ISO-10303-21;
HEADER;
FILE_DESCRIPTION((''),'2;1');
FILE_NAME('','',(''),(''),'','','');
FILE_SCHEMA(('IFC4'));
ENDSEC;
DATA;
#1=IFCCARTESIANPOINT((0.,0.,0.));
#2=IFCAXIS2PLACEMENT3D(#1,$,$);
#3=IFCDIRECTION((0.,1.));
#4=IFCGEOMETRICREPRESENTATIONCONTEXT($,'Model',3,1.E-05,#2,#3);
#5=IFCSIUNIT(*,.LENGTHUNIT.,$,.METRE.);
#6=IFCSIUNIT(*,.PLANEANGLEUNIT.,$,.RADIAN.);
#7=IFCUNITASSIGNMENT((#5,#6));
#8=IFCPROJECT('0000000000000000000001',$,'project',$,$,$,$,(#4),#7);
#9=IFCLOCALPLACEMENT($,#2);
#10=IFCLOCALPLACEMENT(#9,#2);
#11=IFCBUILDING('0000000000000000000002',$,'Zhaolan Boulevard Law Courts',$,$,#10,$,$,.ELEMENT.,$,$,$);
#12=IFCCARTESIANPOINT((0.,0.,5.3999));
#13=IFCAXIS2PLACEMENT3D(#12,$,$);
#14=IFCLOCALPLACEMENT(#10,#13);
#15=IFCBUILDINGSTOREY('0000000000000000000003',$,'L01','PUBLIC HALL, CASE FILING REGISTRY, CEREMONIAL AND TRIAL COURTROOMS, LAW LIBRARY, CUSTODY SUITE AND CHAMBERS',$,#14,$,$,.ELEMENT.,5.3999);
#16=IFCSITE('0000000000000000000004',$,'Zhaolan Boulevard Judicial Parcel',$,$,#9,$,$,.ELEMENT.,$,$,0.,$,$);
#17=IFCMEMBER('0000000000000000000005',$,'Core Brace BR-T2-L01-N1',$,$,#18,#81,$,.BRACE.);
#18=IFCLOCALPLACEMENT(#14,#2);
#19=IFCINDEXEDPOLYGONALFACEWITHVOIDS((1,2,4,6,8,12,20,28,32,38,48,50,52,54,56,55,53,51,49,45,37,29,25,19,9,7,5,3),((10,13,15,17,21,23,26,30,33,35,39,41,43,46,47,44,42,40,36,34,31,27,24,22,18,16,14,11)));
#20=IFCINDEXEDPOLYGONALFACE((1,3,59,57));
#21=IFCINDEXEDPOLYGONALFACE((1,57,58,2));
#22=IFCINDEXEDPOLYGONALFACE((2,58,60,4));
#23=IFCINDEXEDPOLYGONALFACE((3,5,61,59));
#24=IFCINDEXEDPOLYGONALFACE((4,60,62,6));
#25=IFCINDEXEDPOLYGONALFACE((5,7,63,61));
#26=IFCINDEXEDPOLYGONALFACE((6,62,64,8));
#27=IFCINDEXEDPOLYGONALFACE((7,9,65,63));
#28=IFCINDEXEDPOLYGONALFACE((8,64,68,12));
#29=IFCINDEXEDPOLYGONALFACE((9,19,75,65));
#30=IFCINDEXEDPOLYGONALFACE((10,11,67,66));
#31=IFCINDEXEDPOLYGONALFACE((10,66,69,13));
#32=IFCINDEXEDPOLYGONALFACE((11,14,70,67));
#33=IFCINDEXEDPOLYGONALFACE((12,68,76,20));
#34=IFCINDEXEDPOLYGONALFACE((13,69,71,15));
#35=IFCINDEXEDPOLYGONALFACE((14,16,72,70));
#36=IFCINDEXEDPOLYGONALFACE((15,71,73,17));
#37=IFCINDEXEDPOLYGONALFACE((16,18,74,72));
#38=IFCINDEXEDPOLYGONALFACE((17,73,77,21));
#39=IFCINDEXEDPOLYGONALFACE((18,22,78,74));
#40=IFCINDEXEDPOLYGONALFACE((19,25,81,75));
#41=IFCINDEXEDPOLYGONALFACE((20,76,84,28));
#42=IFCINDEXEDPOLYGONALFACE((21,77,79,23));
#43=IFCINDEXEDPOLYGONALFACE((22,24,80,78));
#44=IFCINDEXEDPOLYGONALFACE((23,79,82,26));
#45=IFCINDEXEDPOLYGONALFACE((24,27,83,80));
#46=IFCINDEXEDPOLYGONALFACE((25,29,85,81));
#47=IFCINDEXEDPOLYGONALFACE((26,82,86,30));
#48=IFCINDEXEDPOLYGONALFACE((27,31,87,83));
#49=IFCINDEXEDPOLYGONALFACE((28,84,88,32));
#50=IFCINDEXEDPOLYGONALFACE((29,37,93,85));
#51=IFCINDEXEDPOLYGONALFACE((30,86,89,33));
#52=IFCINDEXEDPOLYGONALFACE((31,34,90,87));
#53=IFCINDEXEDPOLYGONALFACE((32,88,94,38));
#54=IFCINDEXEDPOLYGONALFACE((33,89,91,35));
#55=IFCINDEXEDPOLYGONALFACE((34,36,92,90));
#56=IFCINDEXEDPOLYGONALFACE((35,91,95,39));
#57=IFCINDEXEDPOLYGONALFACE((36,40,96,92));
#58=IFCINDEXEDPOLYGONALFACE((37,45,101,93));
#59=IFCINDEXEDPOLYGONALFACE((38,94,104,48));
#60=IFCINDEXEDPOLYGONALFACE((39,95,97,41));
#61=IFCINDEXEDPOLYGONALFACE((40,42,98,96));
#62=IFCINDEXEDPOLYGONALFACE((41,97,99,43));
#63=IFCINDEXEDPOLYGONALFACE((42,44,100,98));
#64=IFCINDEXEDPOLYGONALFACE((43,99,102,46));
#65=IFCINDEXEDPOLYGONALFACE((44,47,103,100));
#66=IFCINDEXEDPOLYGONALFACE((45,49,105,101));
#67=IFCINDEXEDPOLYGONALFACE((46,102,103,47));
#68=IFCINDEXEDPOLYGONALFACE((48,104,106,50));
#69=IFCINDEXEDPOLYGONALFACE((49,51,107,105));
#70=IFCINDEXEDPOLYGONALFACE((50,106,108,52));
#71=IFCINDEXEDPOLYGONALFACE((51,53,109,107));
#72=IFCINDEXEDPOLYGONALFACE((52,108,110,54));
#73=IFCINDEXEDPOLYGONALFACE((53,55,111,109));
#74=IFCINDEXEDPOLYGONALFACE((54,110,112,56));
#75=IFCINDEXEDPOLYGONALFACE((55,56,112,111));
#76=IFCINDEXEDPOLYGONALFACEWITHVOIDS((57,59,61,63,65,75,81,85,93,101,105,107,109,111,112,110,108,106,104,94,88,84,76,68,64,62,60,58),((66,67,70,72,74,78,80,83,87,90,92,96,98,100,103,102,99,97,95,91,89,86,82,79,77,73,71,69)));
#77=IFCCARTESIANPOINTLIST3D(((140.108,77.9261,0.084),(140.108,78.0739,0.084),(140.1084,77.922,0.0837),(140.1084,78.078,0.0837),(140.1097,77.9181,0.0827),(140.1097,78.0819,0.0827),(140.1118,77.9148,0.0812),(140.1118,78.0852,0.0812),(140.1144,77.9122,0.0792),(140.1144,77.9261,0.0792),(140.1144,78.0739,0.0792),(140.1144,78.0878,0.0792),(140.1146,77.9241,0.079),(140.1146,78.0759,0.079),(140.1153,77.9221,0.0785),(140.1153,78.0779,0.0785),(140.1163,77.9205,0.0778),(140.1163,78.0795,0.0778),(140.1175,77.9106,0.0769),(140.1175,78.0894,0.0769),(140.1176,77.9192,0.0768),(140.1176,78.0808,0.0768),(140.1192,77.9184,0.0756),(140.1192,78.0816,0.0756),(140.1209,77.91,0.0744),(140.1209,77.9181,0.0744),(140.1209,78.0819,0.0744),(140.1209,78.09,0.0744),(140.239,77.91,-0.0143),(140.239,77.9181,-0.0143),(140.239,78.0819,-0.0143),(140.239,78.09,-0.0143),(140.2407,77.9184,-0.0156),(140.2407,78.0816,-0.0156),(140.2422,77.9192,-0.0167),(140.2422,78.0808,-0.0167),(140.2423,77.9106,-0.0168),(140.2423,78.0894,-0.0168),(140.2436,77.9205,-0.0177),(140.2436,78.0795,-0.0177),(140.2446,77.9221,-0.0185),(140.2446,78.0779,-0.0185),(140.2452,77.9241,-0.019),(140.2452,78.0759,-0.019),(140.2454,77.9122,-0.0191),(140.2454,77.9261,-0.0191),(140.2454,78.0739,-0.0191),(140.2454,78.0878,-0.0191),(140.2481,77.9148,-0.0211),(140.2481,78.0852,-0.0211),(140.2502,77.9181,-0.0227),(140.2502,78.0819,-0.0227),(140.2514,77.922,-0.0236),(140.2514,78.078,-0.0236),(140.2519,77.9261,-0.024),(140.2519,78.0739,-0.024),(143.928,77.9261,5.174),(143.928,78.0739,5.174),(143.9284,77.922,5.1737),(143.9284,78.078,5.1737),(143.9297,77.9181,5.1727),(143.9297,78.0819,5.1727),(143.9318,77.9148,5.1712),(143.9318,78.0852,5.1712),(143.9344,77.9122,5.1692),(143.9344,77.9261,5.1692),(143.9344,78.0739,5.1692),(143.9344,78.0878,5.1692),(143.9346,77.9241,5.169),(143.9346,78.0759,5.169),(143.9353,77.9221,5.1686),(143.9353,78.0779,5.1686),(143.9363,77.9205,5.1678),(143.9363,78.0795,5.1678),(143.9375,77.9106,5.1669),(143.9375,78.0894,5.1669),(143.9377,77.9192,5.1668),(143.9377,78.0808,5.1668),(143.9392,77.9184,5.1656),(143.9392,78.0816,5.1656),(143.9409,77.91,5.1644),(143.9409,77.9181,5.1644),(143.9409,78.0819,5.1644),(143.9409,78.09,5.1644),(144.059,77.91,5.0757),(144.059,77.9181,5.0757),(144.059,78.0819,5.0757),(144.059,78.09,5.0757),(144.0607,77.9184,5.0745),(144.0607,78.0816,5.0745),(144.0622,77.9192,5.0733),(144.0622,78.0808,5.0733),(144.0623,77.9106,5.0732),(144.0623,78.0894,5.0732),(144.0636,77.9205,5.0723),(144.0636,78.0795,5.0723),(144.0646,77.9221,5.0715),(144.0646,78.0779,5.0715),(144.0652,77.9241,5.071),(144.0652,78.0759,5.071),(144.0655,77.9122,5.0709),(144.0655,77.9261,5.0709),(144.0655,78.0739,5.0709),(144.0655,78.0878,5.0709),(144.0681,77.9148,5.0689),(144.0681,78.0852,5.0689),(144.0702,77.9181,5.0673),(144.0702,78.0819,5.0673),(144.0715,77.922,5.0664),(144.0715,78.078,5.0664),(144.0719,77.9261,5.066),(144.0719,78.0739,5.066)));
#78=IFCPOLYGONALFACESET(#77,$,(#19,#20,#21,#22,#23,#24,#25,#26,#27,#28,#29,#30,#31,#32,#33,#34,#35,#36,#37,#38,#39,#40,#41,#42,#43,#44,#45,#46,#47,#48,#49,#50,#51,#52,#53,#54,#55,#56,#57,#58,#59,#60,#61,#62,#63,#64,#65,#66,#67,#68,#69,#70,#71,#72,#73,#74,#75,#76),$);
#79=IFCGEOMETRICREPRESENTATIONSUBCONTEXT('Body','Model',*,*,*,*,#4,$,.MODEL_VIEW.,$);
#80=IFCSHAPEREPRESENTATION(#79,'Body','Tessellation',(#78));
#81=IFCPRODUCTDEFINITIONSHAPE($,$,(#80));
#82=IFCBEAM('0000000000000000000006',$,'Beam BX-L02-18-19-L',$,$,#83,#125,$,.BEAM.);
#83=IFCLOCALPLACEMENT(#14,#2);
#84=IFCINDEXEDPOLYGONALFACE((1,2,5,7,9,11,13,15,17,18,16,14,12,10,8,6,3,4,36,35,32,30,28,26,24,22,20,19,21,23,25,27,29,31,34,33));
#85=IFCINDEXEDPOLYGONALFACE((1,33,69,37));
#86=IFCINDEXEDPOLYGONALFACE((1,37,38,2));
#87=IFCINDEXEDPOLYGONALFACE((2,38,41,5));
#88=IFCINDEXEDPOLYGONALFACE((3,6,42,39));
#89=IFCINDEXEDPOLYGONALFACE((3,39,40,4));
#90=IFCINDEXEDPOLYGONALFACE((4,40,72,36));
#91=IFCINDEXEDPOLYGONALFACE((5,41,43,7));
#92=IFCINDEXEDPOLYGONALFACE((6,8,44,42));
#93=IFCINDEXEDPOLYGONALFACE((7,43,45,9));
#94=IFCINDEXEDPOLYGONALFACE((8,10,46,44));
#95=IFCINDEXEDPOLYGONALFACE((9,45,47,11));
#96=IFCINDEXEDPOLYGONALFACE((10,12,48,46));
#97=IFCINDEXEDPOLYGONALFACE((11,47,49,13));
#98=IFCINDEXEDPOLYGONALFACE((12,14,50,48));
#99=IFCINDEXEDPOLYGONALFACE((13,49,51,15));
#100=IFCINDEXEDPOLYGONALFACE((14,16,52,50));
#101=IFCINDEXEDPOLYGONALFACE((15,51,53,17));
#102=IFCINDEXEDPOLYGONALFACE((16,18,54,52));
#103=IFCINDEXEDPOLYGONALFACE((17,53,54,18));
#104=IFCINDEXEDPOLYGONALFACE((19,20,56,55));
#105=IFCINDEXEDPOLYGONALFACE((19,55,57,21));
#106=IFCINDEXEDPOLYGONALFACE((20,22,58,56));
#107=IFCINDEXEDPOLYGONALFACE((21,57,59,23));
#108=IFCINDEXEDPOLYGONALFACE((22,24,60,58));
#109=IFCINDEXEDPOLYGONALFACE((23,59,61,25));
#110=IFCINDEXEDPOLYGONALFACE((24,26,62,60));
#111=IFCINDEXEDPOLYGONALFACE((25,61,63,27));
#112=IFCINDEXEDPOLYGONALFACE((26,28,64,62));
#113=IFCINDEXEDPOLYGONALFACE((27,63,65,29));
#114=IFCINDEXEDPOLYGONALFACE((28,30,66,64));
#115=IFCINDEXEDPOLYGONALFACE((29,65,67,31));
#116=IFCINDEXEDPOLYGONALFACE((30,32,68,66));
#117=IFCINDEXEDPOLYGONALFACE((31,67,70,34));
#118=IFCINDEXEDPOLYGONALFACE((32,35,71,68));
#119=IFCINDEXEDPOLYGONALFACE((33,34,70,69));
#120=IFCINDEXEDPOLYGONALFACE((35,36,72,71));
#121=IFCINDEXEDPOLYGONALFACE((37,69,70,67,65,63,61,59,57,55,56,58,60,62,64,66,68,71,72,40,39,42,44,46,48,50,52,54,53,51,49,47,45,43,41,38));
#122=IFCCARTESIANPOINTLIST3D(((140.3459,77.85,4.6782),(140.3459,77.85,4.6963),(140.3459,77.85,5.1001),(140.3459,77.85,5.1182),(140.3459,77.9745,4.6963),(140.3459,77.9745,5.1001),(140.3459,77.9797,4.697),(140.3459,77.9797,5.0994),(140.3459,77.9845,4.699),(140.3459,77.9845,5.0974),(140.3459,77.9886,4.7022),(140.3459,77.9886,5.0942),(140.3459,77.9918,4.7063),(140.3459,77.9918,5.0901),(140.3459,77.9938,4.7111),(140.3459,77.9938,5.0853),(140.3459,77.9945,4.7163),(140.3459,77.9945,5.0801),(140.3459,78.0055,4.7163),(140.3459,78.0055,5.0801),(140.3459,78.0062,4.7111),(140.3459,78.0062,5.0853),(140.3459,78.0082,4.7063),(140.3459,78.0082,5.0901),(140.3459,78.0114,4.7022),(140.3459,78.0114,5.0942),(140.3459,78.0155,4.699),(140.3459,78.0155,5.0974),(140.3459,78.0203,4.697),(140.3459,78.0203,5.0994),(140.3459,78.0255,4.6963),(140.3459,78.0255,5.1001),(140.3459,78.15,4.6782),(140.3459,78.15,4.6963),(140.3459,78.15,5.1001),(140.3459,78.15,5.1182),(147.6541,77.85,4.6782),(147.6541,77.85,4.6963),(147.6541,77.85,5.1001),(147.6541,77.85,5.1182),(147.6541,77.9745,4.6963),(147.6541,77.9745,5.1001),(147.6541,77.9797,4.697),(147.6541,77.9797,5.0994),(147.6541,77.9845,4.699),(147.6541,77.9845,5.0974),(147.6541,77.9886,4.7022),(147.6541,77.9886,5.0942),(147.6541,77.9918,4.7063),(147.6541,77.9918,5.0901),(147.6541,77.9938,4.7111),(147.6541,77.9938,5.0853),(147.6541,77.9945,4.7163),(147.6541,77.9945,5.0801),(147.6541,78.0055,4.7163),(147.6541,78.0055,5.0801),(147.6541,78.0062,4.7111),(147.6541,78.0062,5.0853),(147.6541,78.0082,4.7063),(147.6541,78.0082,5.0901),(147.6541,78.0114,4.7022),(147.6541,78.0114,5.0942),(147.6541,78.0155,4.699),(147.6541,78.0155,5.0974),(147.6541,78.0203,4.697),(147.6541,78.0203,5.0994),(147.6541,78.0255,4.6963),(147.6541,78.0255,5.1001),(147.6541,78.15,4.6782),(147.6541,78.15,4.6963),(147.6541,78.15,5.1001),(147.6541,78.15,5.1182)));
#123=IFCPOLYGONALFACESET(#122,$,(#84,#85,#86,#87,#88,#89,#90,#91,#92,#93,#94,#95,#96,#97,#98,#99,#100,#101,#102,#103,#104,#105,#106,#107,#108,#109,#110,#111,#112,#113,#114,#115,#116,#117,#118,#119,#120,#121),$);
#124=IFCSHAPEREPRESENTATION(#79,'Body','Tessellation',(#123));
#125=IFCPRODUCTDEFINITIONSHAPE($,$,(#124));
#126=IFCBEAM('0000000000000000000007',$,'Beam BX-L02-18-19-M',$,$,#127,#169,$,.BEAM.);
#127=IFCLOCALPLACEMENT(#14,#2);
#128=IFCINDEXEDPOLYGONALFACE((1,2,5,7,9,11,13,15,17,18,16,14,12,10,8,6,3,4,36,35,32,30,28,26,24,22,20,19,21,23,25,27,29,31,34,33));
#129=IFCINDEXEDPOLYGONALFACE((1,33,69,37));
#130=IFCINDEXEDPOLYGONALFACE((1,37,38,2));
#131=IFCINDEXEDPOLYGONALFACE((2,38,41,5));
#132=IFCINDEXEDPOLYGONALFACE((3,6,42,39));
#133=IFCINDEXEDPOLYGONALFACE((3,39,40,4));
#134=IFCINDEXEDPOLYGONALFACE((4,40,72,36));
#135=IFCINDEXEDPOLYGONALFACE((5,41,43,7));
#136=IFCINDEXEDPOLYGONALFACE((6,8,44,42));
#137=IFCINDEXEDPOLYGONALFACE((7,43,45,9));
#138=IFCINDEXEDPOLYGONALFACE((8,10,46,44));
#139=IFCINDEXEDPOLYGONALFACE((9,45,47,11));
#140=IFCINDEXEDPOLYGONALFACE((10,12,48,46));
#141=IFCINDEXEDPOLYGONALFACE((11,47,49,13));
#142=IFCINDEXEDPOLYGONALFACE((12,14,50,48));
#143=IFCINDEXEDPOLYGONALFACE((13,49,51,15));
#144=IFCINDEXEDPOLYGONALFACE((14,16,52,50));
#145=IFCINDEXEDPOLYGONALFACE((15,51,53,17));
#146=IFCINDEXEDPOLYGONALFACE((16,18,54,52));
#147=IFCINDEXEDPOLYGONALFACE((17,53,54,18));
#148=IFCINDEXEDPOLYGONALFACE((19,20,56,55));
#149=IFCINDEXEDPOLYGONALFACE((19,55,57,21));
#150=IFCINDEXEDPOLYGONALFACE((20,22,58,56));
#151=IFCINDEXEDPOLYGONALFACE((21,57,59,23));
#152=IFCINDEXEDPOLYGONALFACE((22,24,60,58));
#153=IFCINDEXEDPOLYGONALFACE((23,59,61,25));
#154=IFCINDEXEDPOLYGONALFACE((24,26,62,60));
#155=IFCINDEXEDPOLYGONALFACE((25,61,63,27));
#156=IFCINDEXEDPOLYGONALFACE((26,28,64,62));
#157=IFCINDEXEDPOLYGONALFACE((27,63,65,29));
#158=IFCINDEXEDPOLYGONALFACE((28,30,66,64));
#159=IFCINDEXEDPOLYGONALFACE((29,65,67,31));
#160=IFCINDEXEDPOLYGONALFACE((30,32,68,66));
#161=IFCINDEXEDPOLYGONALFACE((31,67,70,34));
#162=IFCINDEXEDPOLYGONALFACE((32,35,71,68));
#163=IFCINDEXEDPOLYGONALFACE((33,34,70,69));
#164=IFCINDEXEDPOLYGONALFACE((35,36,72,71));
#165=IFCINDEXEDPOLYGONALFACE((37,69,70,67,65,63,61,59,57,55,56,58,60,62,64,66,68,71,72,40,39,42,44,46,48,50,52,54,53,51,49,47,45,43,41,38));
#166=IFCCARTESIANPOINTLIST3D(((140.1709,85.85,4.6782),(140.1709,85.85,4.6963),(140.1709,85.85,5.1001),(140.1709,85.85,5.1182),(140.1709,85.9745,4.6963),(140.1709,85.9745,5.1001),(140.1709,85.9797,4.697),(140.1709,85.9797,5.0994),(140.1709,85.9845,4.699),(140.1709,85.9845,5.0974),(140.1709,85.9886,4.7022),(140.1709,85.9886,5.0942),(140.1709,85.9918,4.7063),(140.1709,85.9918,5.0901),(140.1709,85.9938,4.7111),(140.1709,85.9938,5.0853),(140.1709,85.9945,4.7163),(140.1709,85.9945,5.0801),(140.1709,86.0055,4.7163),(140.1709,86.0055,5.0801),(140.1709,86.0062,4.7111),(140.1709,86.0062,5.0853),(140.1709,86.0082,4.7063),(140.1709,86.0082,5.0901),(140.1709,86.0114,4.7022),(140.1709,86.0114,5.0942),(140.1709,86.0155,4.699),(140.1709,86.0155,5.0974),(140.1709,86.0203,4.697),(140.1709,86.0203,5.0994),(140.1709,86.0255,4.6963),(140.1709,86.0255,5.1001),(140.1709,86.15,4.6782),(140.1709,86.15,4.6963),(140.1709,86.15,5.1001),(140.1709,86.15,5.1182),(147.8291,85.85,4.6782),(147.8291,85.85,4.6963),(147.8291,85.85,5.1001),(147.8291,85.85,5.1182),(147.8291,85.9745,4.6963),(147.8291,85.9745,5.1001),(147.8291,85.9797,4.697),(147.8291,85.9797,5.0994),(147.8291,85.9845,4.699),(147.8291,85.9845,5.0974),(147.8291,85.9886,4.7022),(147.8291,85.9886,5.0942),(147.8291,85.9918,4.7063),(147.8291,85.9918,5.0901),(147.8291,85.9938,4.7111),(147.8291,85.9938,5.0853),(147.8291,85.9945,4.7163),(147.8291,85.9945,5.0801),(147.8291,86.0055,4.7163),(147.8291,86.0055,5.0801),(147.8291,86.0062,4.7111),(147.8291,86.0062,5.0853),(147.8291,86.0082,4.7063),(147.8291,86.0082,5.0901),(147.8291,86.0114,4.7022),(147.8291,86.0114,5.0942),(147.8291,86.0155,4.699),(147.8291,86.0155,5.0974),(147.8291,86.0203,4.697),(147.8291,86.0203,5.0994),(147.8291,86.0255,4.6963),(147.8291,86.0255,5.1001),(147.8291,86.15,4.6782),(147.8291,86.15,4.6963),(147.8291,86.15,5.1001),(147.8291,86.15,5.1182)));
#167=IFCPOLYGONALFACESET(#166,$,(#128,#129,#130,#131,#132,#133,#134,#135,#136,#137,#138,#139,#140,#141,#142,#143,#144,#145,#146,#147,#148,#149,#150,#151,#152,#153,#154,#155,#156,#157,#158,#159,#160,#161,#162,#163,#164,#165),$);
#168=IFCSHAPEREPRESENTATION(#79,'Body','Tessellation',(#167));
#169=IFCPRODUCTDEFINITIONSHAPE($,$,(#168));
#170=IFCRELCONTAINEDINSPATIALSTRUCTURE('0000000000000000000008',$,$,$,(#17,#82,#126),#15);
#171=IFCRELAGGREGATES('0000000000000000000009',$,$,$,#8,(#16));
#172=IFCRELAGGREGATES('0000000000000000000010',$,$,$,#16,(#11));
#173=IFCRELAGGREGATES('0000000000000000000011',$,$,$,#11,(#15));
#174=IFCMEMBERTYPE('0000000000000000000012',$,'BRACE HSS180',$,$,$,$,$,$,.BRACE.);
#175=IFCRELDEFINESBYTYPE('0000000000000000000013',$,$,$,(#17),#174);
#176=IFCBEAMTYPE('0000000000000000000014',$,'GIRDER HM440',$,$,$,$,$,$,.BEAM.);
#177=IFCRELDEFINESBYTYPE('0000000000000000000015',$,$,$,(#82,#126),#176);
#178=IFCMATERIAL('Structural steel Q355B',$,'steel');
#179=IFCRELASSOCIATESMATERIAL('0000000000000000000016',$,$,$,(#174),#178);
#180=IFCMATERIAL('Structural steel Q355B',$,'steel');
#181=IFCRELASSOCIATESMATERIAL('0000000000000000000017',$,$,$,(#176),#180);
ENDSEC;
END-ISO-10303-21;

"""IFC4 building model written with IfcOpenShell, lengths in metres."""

from ifc_helpers import new_model, si_unit, direction, frame, origin, origin_2d, place, context, subcontext, project, spatial, hollow_rectangle, i_section, extrude, material, material_profile, profile_set, type_object, element, save


model = new_model("IFC4")

# Units and contexts
model_context = context("Model", 3, precision=1e-05, world=origin(), true_north=direction((0.0, 1.0)))
body_context = subcontext(model_context, "Body", "Model", "MODEL_VIEW")
ifc_project = project(units=[si_unit("LENGTHUNIT", "METRE"), si_unit("PLANEANGLEUNIT", "RADIAN")], contexts=[model_context])

# Site, building, storey
site_placement = place(None, origin())
site = spatial("IfcSite", under=ifc_project, at=site_placement, Name="Zhaolan Boulevard Judicial Parcel", CompositionType="ELEMENT", RefElevation=0.0)
building_placement = place(site_placement, origin())
building = spatial("IfcBuilding", under=site, at=building_placement, Name="Zhaolan Boulevard Law Courts", CompositionType="ELEMENT")
storey_placement = place(building_placement, frame((0.0, 0.0, 5.3999)))
storey = spatial("IfcBuildingStorey", under=building, at=storey_placement, Name="L01", Description="PUBLIC HALL, CASE FILING REGISTRY, CEREMONIAL AND TRIAL COURTROOMS, LAW LIBRARY, CUSTODY SUITE AND CHAMBERS", CompositionType="ELEMENT", Elevation=5.3999)

# Member
ifc_material_1 = material(Name="Structural steel Q355B", Category="steel")
ifc_material_profile_1 = material_profile(ifc_material_1, hollow_rectangle(XDim=0.1799, YDim=0.1799, WallThickness=0.0081, InnerFilletRadius=0.0081, OuterFilletRadius=0.0161, at=origin_2d()), Name="HSS180x180x8")
ifc_profile_set_1 = profile_set([ifc_material_profile_1], Name="Structural steel Q355B")
member_type_1 = type_object("IfcMemberType", Name="BRACE HSS180", PredefinedType="BRACE", material=ifc_profile_set_1)
member_1_placement = place(storey_placement, frame((140.1799, 78.0, 0.03), z_axis=(0.600252, 0.0, 0.799811), x_axis=(0.0, 1.0, 0.0)))
element("IfcMember", 1, at=member_1_placement, inside=storey, type_object=member_type_1, Name="Core Brace BR-T2-L01-N1", PredefinedType="BRACE", context=body_context, shape_type="SweptSolid", body=[
    extrude(hollow_rectangle(XDim=0.1799, YDim=0.1799, WallThickness=0.0081, InnerFilletRadius=0.0081, OuterFilletRadius=0.0161, at=origin_2d()), origin(), (0.0, 0.0, 1.0), 6.364),
])

# Beams
ifc_material_2 = material(Name="Structural steel Q355B", Category="steel")
ifc_material_profile_2 = material_profile(ifc_material_2, i_section(OverallWidth=0.3, OverallDepth=0.4399, WebThickness=0.011, FlangeThickness=0.0181, FilletRadius=0.02, at=origin_2d()), Name="HM440x300")
ifc_profile_set_2 = profile_set([ifc_material_profile_2], Name="Structural steel Q355B")
beam_type_1 = type_object("IfcBeamType", Name="GIRDER HM440", PredefinedType="BEAM", material=ifc_profile_set_2)
beam_1_placement = place(storey_placement, frame((140.3459, 78.0, 4.8982), z_axis=(1.0, 0.0, 0.0), x_axis=(0.0, 1.0, 0.0)))
element("IfcBeam", 2, at=beam_1_placement, inside=storey, type_object=beam_type_1, Name="Beam BX-L02-18-19-L", PredefinedType="BEAM", context=body_context, shape_type="SweptSolid", body=[
    extrude(i_section(OverallWidth=0.3, OverallDepth=0.4399, WebThickness=0.011, FlangeThickness=0.0181, FilletRadius=0.02, at=origin_2d()), origin(), (0.0, 0.0, 1.0), 7.3081),
])
beam_2_placement = place(storey_placement, frame((140.1709, 86.0, 4.8982), z_axis=(1.0, 0.0, 0.0), x_axis=(0.0, 1.0, 0.0)))
element("IfcBeam", 3, at=beam_2_placement, inside=storey, type_object=beam_type_1, Name="Beam BX-L02-18-19-M", PredefinedType="BEAM", context=body_context, shape_type="SweptSolid", body=[
    extrude(i_section(OverallWidth=0.3, OverallDepth=0.4399, WebThickness=0.011, FlangeThickness=0.0181, FilletRadius=0.02, at=origin_2d()), origin(), (0.0, 0.0, 1.0), 7.6582),
])

save(model, "model.ifc")
